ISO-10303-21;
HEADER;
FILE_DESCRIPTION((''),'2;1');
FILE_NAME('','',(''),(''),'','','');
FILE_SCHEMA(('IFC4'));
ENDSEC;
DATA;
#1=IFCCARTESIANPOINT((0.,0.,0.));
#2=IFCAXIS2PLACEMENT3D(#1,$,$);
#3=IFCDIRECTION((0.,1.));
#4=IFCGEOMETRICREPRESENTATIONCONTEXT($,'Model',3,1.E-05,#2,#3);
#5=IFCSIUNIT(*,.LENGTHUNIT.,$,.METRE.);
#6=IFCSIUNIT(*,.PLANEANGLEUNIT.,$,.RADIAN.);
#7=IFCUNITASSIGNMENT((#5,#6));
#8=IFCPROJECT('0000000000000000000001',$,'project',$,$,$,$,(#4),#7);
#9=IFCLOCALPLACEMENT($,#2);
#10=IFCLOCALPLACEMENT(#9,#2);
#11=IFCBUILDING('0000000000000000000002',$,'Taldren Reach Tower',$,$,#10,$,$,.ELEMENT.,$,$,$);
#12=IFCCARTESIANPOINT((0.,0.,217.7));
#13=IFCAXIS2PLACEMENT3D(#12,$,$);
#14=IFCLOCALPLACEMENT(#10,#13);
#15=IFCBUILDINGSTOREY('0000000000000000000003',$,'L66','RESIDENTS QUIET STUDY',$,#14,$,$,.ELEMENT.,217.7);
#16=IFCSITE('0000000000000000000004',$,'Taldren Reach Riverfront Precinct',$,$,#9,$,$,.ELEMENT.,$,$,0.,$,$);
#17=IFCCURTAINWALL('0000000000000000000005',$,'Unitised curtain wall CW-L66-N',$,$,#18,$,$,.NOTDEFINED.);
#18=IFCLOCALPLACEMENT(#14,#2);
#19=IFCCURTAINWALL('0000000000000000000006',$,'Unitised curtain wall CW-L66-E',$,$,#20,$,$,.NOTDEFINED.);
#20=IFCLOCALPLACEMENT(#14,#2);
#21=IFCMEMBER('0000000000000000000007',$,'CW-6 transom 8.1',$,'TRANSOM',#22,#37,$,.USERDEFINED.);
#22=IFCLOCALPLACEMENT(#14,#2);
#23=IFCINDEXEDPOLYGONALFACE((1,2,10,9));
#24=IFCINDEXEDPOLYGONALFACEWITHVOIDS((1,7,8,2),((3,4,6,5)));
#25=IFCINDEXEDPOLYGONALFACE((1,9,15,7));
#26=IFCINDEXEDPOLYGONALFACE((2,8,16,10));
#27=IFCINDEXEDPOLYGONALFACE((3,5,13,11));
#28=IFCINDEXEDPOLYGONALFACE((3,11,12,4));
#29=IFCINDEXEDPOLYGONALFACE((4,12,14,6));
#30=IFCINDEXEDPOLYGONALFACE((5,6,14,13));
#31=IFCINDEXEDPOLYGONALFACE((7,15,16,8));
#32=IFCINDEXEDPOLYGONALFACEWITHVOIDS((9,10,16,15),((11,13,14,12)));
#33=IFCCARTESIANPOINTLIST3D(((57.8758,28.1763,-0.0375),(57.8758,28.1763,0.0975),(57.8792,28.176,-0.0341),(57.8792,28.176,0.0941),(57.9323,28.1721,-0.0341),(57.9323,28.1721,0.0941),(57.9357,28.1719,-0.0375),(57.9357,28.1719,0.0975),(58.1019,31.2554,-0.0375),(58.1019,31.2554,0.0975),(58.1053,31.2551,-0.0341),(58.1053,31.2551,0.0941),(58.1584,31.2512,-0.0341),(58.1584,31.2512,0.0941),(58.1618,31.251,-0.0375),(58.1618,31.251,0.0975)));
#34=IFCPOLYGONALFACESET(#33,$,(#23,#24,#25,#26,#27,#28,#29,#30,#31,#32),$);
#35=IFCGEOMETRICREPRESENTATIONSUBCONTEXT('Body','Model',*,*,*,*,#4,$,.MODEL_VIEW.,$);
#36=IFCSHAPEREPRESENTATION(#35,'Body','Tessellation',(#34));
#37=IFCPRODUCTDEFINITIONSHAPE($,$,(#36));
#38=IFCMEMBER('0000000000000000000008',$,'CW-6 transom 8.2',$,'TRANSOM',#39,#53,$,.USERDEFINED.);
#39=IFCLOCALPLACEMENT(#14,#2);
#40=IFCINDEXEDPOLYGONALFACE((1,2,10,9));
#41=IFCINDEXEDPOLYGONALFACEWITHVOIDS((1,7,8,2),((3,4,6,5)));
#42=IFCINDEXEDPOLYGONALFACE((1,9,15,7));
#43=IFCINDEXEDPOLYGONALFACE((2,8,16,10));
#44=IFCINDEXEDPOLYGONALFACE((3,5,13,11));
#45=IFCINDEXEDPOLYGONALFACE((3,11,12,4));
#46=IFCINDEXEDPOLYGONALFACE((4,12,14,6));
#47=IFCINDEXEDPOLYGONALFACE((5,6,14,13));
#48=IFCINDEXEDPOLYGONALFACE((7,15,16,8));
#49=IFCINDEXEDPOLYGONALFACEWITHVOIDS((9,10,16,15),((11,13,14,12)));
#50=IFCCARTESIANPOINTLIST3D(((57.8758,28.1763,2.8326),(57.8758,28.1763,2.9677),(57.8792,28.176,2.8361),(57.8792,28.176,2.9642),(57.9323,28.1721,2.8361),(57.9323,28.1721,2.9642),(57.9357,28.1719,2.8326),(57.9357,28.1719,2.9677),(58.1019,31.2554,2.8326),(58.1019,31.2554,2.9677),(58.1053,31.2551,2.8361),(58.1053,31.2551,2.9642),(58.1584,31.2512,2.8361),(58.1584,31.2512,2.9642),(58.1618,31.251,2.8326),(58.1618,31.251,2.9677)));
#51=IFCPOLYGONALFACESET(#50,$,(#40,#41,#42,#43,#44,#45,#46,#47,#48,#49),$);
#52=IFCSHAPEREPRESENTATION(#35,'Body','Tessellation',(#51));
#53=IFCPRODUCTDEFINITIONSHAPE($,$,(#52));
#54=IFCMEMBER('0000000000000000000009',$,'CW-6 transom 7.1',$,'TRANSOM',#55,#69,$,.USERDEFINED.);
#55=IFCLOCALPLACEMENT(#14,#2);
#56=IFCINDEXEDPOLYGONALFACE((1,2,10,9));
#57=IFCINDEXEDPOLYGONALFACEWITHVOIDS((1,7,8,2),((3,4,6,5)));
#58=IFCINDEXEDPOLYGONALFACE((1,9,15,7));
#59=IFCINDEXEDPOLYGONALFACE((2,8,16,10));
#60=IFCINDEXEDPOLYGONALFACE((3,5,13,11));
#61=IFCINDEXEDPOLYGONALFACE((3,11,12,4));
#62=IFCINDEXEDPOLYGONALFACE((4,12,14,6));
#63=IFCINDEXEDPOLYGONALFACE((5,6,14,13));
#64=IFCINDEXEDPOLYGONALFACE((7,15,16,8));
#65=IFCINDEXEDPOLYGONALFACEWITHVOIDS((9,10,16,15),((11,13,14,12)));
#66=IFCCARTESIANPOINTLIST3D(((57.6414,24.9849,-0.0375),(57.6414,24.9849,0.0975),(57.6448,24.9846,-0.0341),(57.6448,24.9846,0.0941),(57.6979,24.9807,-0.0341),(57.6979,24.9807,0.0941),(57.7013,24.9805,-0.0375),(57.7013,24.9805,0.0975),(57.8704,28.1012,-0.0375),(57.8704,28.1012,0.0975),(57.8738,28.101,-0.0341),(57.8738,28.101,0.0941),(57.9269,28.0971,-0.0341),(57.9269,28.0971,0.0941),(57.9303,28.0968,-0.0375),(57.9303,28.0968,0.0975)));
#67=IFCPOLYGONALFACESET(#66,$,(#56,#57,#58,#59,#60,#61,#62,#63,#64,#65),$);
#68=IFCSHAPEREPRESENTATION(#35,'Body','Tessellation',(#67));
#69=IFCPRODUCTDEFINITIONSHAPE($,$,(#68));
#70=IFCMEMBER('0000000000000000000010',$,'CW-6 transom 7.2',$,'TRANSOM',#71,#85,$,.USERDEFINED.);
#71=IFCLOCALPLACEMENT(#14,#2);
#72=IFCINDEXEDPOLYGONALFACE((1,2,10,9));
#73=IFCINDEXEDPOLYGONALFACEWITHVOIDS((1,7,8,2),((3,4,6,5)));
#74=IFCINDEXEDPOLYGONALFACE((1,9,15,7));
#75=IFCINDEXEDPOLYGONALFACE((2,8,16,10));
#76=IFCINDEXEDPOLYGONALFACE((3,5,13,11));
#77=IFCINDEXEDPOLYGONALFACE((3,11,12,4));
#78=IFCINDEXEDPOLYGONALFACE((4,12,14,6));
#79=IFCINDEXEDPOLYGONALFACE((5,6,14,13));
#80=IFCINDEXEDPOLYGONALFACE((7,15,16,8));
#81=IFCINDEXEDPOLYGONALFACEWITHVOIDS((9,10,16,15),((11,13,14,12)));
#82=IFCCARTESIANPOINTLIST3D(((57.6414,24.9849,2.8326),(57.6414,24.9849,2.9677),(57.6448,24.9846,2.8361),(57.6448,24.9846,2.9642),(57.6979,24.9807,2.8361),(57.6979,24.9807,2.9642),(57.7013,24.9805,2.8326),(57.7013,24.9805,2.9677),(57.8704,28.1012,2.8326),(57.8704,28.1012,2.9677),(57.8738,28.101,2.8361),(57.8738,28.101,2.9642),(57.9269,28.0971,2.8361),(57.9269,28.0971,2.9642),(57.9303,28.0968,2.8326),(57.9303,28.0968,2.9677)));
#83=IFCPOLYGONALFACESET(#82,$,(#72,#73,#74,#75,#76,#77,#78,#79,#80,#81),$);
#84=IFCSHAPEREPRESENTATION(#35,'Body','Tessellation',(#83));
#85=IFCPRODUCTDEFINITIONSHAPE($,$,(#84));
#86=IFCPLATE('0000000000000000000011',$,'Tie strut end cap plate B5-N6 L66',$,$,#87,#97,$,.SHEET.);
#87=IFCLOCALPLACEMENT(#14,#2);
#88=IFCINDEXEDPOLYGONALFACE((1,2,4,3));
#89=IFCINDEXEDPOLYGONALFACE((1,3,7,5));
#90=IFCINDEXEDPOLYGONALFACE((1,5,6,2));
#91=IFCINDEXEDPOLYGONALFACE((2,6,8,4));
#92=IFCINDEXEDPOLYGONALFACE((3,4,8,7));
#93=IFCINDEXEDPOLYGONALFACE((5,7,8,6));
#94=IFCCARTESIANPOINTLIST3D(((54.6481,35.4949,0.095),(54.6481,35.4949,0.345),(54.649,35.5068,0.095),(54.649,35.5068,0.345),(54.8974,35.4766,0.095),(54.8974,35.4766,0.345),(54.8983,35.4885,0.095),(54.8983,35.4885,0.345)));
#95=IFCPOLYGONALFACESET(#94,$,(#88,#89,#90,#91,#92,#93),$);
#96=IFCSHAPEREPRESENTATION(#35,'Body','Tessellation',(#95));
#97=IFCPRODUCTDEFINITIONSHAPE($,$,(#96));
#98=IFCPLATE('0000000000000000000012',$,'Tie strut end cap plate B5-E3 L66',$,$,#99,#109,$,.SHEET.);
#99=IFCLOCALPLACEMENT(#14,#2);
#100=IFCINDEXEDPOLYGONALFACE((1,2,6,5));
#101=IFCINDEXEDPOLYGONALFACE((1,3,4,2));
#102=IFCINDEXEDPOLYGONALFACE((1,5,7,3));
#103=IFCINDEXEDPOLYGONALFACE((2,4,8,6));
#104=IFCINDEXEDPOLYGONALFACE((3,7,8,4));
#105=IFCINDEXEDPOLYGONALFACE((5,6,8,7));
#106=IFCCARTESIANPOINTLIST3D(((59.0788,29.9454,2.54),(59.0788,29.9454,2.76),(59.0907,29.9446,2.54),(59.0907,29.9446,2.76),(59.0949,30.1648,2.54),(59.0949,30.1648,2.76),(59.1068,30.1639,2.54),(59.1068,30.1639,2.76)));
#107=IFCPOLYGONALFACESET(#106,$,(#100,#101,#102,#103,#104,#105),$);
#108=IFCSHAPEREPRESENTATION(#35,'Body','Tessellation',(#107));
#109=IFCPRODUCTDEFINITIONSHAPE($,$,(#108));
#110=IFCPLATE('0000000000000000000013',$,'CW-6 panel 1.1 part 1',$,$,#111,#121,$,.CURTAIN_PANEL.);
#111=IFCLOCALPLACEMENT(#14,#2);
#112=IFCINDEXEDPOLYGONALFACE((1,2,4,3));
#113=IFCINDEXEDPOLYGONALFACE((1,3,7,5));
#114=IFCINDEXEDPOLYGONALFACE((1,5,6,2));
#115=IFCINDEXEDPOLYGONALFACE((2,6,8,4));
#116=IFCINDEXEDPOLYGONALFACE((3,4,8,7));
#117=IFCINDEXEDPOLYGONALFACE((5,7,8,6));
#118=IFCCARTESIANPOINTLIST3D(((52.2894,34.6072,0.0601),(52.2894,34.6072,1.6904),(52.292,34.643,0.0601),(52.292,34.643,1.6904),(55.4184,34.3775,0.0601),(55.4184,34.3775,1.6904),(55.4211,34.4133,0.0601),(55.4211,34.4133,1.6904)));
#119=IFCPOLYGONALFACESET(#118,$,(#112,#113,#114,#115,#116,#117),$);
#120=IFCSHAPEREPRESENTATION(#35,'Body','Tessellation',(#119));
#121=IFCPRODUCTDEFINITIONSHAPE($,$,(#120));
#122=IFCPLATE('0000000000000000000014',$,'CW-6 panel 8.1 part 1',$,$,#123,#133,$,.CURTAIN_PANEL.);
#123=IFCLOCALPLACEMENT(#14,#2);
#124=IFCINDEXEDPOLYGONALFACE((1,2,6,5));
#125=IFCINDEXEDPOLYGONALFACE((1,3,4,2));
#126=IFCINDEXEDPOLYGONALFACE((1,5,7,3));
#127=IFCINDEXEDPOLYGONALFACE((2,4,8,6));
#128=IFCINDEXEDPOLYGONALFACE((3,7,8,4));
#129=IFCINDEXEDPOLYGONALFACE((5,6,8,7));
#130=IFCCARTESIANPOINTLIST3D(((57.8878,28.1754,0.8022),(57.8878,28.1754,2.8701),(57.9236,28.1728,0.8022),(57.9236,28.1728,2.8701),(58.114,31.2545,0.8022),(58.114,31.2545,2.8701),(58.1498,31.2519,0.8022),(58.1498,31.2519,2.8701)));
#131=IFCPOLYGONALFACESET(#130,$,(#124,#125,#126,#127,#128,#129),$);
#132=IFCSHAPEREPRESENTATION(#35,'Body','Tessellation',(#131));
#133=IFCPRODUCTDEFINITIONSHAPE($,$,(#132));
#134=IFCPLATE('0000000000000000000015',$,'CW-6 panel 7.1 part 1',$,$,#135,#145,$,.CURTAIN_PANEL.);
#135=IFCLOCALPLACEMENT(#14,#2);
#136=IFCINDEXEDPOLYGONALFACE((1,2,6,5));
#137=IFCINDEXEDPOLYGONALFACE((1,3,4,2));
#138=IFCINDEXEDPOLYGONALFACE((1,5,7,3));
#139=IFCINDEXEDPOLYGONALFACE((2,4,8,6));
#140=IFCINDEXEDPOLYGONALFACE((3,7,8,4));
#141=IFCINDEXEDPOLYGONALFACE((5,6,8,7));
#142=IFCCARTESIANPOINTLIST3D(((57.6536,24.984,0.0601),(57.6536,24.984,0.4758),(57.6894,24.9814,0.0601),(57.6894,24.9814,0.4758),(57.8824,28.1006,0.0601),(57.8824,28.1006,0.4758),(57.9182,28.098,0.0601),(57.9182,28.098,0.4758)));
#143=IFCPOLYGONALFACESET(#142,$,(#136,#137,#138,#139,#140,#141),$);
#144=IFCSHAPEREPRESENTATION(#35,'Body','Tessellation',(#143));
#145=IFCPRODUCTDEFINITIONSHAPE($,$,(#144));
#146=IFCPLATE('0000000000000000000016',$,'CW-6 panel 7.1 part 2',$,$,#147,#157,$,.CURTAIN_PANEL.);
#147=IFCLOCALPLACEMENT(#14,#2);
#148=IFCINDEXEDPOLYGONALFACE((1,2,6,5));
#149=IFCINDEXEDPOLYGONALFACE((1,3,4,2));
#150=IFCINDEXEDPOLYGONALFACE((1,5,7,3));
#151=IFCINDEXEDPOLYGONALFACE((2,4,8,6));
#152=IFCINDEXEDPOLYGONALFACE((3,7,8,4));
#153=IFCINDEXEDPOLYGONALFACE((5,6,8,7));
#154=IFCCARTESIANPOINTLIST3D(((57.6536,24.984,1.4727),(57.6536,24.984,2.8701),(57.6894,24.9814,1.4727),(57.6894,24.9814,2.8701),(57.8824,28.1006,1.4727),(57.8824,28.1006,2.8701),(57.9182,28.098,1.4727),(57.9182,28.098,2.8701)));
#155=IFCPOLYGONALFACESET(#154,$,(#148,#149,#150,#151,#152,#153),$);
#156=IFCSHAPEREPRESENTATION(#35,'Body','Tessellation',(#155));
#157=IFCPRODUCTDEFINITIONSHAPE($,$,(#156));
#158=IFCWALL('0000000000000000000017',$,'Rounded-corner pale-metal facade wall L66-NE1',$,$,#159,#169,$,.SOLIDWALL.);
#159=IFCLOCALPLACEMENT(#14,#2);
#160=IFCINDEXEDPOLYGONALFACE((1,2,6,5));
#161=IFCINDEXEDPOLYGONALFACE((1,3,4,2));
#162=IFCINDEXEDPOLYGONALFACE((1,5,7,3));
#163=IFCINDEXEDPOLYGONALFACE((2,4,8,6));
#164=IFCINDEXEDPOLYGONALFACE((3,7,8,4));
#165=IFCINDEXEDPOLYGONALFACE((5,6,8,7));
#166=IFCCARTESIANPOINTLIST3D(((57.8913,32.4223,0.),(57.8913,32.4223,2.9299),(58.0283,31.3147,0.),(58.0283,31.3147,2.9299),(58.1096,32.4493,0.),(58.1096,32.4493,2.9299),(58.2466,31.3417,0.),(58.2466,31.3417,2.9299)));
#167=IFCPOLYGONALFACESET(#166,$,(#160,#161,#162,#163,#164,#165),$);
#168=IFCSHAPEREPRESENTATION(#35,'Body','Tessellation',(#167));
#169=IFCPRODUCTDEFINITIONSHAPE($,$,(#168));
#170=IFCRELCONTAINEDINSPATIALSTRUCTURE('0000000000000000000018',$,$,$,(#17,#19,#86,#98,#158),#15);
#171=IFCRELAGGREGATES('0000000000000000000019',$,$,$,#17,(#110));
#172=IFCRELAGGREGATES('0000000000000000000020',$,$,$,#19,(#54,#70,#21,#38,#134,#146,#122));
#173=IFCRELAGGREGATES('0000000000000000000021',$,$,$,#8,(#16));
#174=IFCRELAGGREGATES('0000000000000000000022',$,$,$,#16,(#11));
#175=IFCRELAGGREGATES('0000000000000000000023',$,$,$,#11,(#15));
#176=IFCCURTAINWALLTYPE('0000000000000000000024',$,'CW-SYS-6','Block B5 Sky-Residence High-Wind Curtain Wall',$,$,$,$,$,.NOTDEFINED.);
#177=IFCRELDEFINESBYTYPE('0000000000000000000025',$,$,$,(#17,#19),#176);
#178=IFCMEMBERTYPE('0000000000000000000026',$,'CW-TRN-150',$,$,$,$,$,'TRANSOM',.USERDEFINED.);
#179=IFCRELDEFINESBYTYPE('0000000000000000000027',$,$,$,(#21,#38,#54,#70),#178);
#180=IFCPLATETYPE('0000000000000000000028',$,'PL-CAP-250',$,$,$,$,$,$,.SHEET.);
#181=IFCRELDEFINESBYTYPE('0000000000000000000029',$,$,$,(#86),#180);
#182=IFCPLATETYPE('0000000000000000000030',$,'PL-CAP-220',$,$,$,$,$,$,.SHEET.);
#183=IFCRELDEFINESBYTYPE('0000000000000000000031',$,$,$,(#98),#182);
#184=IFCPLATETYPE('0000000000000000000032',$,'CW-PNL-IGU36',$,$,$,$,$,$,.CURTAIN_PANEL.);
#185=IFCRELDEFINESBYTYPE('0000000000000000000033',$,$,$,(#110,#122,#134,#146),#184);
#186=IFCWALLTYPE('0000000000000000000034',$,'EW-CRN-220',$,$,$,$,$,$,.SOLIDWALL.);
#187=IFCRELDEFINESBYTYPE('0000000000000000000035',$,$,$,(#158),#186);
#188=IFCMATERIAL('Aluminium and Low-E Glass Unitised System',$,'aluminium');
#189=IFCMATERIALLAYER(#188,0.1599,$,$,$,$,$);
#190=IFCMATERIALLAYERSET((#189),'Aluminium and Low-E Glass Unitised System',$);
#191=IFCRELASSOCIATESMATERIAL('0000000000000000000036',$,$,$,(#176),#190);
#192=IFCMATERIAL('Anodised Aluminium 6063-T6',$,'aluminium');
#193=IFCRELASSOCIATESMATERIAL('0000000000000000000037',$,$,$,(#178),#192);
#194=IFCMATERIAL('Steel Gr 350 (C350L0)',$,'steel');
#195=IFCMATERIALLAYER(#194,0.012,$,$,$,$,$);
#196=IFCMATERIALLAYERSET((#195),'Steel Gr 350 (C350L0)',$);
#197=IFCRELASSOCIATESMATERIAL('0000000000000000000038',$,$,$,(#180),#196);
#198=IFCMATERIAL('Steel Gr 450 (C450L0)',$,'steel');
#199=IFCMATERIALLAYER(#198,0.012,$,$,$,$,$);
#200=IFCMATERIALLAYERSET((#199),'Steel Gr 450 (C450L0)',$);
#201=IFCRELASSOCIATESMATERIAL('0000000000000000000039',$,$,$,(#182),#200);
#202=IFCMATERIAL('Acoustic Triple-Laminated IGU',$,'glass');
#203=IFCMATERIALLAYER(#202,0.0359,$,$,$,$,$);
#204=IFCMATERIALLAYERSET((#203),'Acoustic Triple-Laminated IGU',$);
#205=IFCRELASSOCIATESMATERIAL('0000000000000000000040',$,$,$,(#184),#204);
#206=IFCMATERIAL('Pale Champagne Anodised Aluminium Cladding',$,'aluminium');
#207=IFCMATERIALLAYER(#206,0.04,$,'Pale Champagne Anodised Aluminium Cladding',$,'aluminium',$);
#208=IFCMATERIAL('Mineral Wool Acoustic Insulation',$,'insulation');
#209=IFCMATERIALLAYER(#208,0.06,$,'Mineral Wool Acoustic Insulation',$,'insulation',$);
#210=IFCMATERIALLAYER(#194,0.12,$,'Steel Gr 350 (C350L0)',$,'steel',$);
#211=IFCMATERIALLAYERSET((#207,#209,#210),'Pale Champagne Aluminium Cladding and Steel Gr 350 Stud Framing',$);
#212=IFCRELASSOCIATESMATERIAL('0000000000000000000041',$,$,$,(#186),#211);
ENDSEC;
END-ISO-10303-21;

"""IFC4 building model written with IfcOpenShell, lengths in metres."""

from ifc_helpers import new_model, si_unit, direction, frame, frame_2d, origin, origin_2d, place, context, subcontext, project, spatial, rectangle, hollow_rectangle, extrude, source, transform, mapped, material, layer, layer_set, material_profile, profile_set, type_object, element, aggregate, save


model = new_model("IFC4")

# Units and contexts
model_context = context("Model", 3, precision=1e-05, world=origin(), true_north=direction((0.0, 1.0)))
body_context = subcontext(model_context, "Body", "Model", "MODEL_VIEW")
ifc_project = project(units=[si_unit("LENGTHUNIT", "METRE"), si_unit("PLANEANGLEUNIT", "RADIAN")], contexts=[model_context])

# Site, building, storey
site_placement = place(None, origin())
site = spatial("IfcSite", under=ifc_project, at=site_placement, Name="Taldren Reach Riverfront Precinct", CompositionType="ELEMENT", RefElevation=0.0)
building_placement = place(site_placement, origin())
building = spatial("IfcBuilding", under=site, at=building_placement, Name="Taldren Reach Tower", CompositionType="ELEMENT")
storey_placement = place(building_placement, frame((0.0, 0.0, 217.7)))
storey = spatial("IfcBuildingStorey", under=building, at=storey_placement, Name="L66", Description="RESIDENTS QUIET STUDY", CompositionType="ELEMENT", Elevation=217.7)

# Shared definitions
ifc_material_1 = material(Name="Steel Gr 350 (C350L0)", Category="steel")

# Shared definitions
ifc_material_2 = material(Name="Steel Gr 450 (C450L0)", Category="steel")

# Curtain wall
ifc_material_3 = material(Name="Aluminium and Low-E Glass Unitised System", Category="aluminium")
ifc_layer_1 = layer(ifc_material_3, 0.1599)
ifc_layer_set_1 = layer_set([ifc_layer_1], Name="Aluminium and Low-E Glass Unitised System")
curtain_wall_type = type_object("IfcCurtainWallType", Name="CW-SYS-6", Description="Block B5 Sky-Residence High-Wind Curtain Wall", PredefinedType="NOTDEFINED", material=ifc_layer_set_1)
curtain_wall_1_placement = place(storey_placement, origin())
curtain_wall_1 = element("IfcCurtainWall", 1, at=curtain_wall_1_placement, inside=storey, type_object=curtain_wall_type, Name="Unitised curtain wall CW-L66-N", PredefinedType="NOTDEFINED")
ifc_material_4 = material(Name="Anodised Aluminium 6063-T6", Category="aluminium")

# Curtain wall
curtain_wall_2_placement = place(storey_placement, origin())
curtain_wall_2 = element("IfcCurtainWall", 2, at=curtain_wall_2_placement, inside=storey, type_object=curtain_wall_type, Name="Unitised curtain wall CW-L66-E", PredefinedType="NOTDEFINED")

# Members
ifc_material_profile_1 = material_profile(ifc_material_4, hollow_rectangle(XDim=0.0601, YDim=0.135, WallThickness=0.0034, at=origin_2d()), Name="ALU-135x60x3.5RHS")
ifc_profile_set_1 = profile_set([ifc_material_profile_1], Name="Anodised Aluminium 6063-T6")
member_type_1 = type_object("IfcMemberType", Name="CW-TRN-150", ElementType="TRANSOM", PredefinedType="USERDEFINED", material=ifc_profile_set_1)
shared_shape_1 = source(origin(), body_context, "Body", "SweptSolid", [
    extrude(hollow_rectangle(XDim=0.0601, YDim=0.135, WallThickness=0.0034, at=origin_2d()), origin(), (0.0, 0.0, 1.0), 3.0874),
])
member_1_placement = place(storey_placement, frame((57.9058, 28.1741, 0.03), z_axis=(0.073225, 0.997315, 0.0), x_axis=(-0.997315, 0.073225, 0.0)))
member_1 = element("IfcMember", 3, at=member_1_placement, type_object=member_type_1, Name="CW-6 transom 8.1", ObjectType="TRANSOM", PredefinedType="USERDEFINED", context=body_context, shape_type="MappedRepresentation", body=[
    mapped(shared_shape_1, transform((0.0, 0.0, 0.0), scale=1.0)),
])
member_2_placement = place(storey_placement, frame((57.9058, 28.1741, 2.9001), z_axis=(0.073225, 0.997315, 0.0), x_axis=(-0.997315, 0.073225, 0.0)))
member_2 = element("IfcMember", 4, at=member_2_placement, type_object=member_type_1, Name="CW-6 transom 8.2", ObjectType="TRANSOM", PredefinedType="USERDEFINED", context=body_context, shape_type="MappedRepresentation", body=[
    mapped(shared_shape_1, transform((0.0, 0.0, 0.0), scale=1.0)),
])
shared_shape_2 = source(origin(), body_context, "Body", "SweptSolid", [
    extrude(hollow_rectangle(XDim=0.0601, YDim=0.135, WallThickness=0.0034, at=origin_2d()), origin(), (0.0, 0.0, 1.0), 3.1248),
])
member_3_placement = place(storey_placement, frame((57.6714, 24.9827, 0.03), z_axis=(0.073285, 0.997311, 0.0), x_axis=(-0.997311, 0.073285, 0.0)))
member_3 = element("IfcMember", 5, at=member_3_placement, type_object=member_type_1, Name="CW-6 transom 7.1", ObjectType="TRANSOM", PredefinedType="USERDEFINED", context=body_context, shape_type="MappedRepresentation", body=[
    mapped(shared_shape_2, transform((0.0, 0.0, 0.0), scale=1.0)),
])
member_4_placement = place(storey_placement, frame((57.6714, 24.9827, 2.9001), z_axis=(0.073285, 0.997311, 0.0), x_axis=(-0.997311, 0.073285, 0.0)))
member_4 = element("IfcMember", 6, at=member_4_placement, type_object=member_type_1, Name="CW-6 transom 7.2", ObjectType="TRANSOM", PredefinedType="USERDEFINED", context=body_context, shape_type="MappedRepresentation", body=[
    mapped(shared_shape_2, transform((0.0, 0.0, 0.0), scale=1.0)),
])

# Plates
ifc_layer_2 = layer(ifc_material_1, 0.012)
ifc_layer_set_2 = layer_set([ifc_layer_2], Name="Steel Gr 350 (C350L0)")
plate_type_1 = type_object("IfcPlateType", Name="PL-CAP-250", PredefinedType="SHEET", material=ifc_layer_set_2)
shared_shape_3 = source(origin(), body_context, "Body", "SweptSolid", [
    extrude(rectangle(XDim=0.25, YDim=0.012, at=origin_2d()), origin(), (0.0, 0.0, 1.0), 0.25),
])
plate_1_placement = place(storey_placement, frame((54.7732, 35.4917, 0.095), z_axis=(0.0, 0.0, 1.0), x_axis=(0.997314, -0.073238, 0.0)))
element("IfcPlate", 7, at=plate_1_placement, inside=storey, type_object=plate_type_1, Name="Tie strut end cap plate B5-N6 L66", PredefinedType="SHEET", context=body_context, shape_type="MappedRepresentation", body=[
    mapped(shared_shape_3, transform((0.0, 0.0, 0.0), scale=1.0)),
])
ifc_layer_3 = layer(ifc_material_2, 0.012)
ifc_layer_set_3 = layer_set([ifc_layer_3], Name="Steel Gr 450 (C450L0)")
plate_type_2 = type_object("IfcPlateType", Name="PL-CAP-220", PredefinedType="SHEET", material=ifc_layer_set_3)
shared_shape_4 = source(origin(), body_context, "Body", "SweptSolid", [
    extrude(rectangle(XDim=0.012, YDim=0.22, at=origin_2d()), origin(), (0.0, 0.0, 1.0), 0.22),
])
plate_2_placement = place(storey_placement, frame((59.0928, 30.0547, 2.54), z_axis=(0.0, 0.0, 1.0), x_axis=(0.997314, -0.073238, 0.0)))
element("IfcPlate", 8, at=plate_2_placement, inside=storey, type_object=plate_type_2, Name="Tie strut end cap plate B5-E3 L66", PredefinedType="SHEET", context=body_context, shape_type="MappedRepresentation", body=[
    mapped(shared_shape_4, transform((0.0, 0.0, 0.0), scale=1.0)),
])

# Plates
ifc_material_5 = material(Name="Acoustic Triple-Laminated IGU", Category="glass")
ifc_layer_4 = layer(ifc_material_5, 0.0359)
ifc_layer_set_4 = layer_set([ifc_layer_4], Name="Acoustic Triple-Laminated IGU")
plate_type_3 = type_object("IfcPlateType", Name="CW-PNL-IGU36", PredefinedType="CURTAIN_PANEL", material=ifc_layer_set_4)
shared_shape_5 = source(origin(), body_context, "Body", "SweptSolid", [
    extrude(rectangle(XDim=3.1375, YDim=0.0359, at=origin_2d()), origin(), (0.0, 0.0, 1.0), 1.6304),
])
plate_3_placement = place(storey_placement, frame((53.8552, 34.5103, 0.0601), z_axis=(0.0, 0.0, 1.0), x_axis=(-0.997314, 0.073238, 0.0)))
plate_3 = element("IfcPlate", 9, at=plate_3_placement, type_object=plate_type_3, Name="CW-6 panel 1.1 part 1", PredefinedType="CURTAIN_PANEL", context=body_context, shape_type="MappedRepresentation", body=[
    mapped(shared_shape_5, transform((0.0, 0.0, 0.0), scale=1.0)),
])
aggregate(curtain_wall_1, [plate_3])
shared_shape_6 = source(origin(), body_context, "Body", "SweptSolid", [
    extrude(rectangle(XDim=3.0874, YDim=0.0359, at=origin_2d()), origin(), (0.0, 0.0, 1.0), 2.0679),
])
plate_4_placement = place(storey_placement, frame((58.0188, 29.7136, 0.8022), z_axis=(0.0, 0.0, 1.0), x_axis=(0.073238, 0.997314, 0.0)))
plate_4 = element("IfcPlate", 10, at=plate_4_placement, type_object=plate_type_3, Name="CW-6 panel 8.1 part 1", PredefinedType="CURTAIN_PANEL", context=body_context, shape_type="MappedRepresentation", body=[
    mapped(shared_shape_6, transform((0.0, 0.0, 0.0), scale=1.0)),
])
shared_shape_7 = source(origin(), body_context, "Body", "SweptSolid", [
    extrude(rectangle(XDim=3.125, YDim=0.0359, at=origin_2d()), origin(), (0.0, 0.0, 1.0), 0.4158),
])
plate_5_placement = place(storey_placement, frame((57.7859, 26.541, 0.0601), z_axis=(0.0, 0.0, 1.0), x_axis=(0.073238, 0.997314, 0.0)))
plate_5 = element("IfcPlate", 11, at=plate_5_placement, type_object=plate_type_3, Name="CW-6 panel 7.1 part 1", PredefinedType="CURTAIN_PANEL", context=body_context, shape_type="MappedRepresentation", body=[
    mapped(shared_shape_7, transform((0.0, 0.0, 0.0), scale=1.0)),
])
shared_shape_8 = source(origin(), body_context, "Body", "SweptSolid", [
    extrude(rectangle(XDim=3.125, YDim=0.0359, at=origin_2d()), origin(), (0.0, 0.0, 1.0), 1.3975),
])
plate_6_placement = place(storey_placement, frame((57.7859, 26.541, 1.4727), z_axis=(0.0, 0.0, 1.0), x_axis=(0.073238, 0.997314, 0.0)))
plate_6 = element("IfcPlate", 12, at=plate_6_placement, type_object=plate_type_3, Name="CW-6 panel 7.1 part 2", PredefinedType="CURTAIN_PANEL", context=body_context, shape_type="MappedRepresentation", body=[
    mapped(shared_shape_8, transform((0.0, 0.0, 0.0), scale=1.0)),
])
aggregate(curtain_wall_2, [member_3, member_4, member_1, member_2, plate_5, plate_6, plate_4])

# Wall
ifc_material_6 = material(Name="Pale Champagne Anodised Aluminium Cladding", Category="aluminium")
ifc_layer_5 = layer(ifc_material_6, 0.04, Name="Pale Champagne Anodised Aluminium Cladding", Category="aluminium")
ifc_material_7 = material(Name="Mineral Wool Acoustic Insulation", Category="insulation")
ifc_layer_6 = layer(ifc_material_7, 0.06, Name="Mineral Wool Acoustic Insulation", Category="insulation")
ifc_layer_7 = layer(ifc_material_1, 0.12, Name="Steel Gr 350 (C350L0)", Category="steel")
ifc_layer_set_5 = layer_set([ifc_layer_5, ifc_layer_6, ifc_layer_7], Name="Pale Champagne Aluminium Cladding and Steel Gr 350 Stud Framing")
wall_type = type_object("IfcWallType", Name="EW-CRN-220", PredefinedType="SOLIDWALL", material=ifc_layer_set_5)
shared_shape_9 = source(origin(), body_context, "Body", "SweptSolid", [
    extrude(rectangle(XDim=1.116, YDim=0.22, at=frame_2d((0.5581, 0.0))), origin(), (0.0, 0.0, 1.0), 2.9299),
])
for number, where, z_axis, x_axis, name in (
    (13, (58.1375, 31.3281, 0.0), (0.0, 0.0, 1.0), (-0.122742, 0.992439, 0.0), "Rounded-corner pale-metal facade wall L66-NE1"),
):
    element("IfcWall", number, at=place(storey_placement, frame(where, z_axis=z_axis, x_axis=x_axis)), inside=storey, type_object=wall_type, Name=name, PredefinedType="SOLIDWALL", context=body_context, shape_type="MappedRepresentation", body=[
        mapped(shared_shape_9, transform((0.0, 0.0, 0.0), scale=1.0)),
    ])

save(model, "model.ifc")
